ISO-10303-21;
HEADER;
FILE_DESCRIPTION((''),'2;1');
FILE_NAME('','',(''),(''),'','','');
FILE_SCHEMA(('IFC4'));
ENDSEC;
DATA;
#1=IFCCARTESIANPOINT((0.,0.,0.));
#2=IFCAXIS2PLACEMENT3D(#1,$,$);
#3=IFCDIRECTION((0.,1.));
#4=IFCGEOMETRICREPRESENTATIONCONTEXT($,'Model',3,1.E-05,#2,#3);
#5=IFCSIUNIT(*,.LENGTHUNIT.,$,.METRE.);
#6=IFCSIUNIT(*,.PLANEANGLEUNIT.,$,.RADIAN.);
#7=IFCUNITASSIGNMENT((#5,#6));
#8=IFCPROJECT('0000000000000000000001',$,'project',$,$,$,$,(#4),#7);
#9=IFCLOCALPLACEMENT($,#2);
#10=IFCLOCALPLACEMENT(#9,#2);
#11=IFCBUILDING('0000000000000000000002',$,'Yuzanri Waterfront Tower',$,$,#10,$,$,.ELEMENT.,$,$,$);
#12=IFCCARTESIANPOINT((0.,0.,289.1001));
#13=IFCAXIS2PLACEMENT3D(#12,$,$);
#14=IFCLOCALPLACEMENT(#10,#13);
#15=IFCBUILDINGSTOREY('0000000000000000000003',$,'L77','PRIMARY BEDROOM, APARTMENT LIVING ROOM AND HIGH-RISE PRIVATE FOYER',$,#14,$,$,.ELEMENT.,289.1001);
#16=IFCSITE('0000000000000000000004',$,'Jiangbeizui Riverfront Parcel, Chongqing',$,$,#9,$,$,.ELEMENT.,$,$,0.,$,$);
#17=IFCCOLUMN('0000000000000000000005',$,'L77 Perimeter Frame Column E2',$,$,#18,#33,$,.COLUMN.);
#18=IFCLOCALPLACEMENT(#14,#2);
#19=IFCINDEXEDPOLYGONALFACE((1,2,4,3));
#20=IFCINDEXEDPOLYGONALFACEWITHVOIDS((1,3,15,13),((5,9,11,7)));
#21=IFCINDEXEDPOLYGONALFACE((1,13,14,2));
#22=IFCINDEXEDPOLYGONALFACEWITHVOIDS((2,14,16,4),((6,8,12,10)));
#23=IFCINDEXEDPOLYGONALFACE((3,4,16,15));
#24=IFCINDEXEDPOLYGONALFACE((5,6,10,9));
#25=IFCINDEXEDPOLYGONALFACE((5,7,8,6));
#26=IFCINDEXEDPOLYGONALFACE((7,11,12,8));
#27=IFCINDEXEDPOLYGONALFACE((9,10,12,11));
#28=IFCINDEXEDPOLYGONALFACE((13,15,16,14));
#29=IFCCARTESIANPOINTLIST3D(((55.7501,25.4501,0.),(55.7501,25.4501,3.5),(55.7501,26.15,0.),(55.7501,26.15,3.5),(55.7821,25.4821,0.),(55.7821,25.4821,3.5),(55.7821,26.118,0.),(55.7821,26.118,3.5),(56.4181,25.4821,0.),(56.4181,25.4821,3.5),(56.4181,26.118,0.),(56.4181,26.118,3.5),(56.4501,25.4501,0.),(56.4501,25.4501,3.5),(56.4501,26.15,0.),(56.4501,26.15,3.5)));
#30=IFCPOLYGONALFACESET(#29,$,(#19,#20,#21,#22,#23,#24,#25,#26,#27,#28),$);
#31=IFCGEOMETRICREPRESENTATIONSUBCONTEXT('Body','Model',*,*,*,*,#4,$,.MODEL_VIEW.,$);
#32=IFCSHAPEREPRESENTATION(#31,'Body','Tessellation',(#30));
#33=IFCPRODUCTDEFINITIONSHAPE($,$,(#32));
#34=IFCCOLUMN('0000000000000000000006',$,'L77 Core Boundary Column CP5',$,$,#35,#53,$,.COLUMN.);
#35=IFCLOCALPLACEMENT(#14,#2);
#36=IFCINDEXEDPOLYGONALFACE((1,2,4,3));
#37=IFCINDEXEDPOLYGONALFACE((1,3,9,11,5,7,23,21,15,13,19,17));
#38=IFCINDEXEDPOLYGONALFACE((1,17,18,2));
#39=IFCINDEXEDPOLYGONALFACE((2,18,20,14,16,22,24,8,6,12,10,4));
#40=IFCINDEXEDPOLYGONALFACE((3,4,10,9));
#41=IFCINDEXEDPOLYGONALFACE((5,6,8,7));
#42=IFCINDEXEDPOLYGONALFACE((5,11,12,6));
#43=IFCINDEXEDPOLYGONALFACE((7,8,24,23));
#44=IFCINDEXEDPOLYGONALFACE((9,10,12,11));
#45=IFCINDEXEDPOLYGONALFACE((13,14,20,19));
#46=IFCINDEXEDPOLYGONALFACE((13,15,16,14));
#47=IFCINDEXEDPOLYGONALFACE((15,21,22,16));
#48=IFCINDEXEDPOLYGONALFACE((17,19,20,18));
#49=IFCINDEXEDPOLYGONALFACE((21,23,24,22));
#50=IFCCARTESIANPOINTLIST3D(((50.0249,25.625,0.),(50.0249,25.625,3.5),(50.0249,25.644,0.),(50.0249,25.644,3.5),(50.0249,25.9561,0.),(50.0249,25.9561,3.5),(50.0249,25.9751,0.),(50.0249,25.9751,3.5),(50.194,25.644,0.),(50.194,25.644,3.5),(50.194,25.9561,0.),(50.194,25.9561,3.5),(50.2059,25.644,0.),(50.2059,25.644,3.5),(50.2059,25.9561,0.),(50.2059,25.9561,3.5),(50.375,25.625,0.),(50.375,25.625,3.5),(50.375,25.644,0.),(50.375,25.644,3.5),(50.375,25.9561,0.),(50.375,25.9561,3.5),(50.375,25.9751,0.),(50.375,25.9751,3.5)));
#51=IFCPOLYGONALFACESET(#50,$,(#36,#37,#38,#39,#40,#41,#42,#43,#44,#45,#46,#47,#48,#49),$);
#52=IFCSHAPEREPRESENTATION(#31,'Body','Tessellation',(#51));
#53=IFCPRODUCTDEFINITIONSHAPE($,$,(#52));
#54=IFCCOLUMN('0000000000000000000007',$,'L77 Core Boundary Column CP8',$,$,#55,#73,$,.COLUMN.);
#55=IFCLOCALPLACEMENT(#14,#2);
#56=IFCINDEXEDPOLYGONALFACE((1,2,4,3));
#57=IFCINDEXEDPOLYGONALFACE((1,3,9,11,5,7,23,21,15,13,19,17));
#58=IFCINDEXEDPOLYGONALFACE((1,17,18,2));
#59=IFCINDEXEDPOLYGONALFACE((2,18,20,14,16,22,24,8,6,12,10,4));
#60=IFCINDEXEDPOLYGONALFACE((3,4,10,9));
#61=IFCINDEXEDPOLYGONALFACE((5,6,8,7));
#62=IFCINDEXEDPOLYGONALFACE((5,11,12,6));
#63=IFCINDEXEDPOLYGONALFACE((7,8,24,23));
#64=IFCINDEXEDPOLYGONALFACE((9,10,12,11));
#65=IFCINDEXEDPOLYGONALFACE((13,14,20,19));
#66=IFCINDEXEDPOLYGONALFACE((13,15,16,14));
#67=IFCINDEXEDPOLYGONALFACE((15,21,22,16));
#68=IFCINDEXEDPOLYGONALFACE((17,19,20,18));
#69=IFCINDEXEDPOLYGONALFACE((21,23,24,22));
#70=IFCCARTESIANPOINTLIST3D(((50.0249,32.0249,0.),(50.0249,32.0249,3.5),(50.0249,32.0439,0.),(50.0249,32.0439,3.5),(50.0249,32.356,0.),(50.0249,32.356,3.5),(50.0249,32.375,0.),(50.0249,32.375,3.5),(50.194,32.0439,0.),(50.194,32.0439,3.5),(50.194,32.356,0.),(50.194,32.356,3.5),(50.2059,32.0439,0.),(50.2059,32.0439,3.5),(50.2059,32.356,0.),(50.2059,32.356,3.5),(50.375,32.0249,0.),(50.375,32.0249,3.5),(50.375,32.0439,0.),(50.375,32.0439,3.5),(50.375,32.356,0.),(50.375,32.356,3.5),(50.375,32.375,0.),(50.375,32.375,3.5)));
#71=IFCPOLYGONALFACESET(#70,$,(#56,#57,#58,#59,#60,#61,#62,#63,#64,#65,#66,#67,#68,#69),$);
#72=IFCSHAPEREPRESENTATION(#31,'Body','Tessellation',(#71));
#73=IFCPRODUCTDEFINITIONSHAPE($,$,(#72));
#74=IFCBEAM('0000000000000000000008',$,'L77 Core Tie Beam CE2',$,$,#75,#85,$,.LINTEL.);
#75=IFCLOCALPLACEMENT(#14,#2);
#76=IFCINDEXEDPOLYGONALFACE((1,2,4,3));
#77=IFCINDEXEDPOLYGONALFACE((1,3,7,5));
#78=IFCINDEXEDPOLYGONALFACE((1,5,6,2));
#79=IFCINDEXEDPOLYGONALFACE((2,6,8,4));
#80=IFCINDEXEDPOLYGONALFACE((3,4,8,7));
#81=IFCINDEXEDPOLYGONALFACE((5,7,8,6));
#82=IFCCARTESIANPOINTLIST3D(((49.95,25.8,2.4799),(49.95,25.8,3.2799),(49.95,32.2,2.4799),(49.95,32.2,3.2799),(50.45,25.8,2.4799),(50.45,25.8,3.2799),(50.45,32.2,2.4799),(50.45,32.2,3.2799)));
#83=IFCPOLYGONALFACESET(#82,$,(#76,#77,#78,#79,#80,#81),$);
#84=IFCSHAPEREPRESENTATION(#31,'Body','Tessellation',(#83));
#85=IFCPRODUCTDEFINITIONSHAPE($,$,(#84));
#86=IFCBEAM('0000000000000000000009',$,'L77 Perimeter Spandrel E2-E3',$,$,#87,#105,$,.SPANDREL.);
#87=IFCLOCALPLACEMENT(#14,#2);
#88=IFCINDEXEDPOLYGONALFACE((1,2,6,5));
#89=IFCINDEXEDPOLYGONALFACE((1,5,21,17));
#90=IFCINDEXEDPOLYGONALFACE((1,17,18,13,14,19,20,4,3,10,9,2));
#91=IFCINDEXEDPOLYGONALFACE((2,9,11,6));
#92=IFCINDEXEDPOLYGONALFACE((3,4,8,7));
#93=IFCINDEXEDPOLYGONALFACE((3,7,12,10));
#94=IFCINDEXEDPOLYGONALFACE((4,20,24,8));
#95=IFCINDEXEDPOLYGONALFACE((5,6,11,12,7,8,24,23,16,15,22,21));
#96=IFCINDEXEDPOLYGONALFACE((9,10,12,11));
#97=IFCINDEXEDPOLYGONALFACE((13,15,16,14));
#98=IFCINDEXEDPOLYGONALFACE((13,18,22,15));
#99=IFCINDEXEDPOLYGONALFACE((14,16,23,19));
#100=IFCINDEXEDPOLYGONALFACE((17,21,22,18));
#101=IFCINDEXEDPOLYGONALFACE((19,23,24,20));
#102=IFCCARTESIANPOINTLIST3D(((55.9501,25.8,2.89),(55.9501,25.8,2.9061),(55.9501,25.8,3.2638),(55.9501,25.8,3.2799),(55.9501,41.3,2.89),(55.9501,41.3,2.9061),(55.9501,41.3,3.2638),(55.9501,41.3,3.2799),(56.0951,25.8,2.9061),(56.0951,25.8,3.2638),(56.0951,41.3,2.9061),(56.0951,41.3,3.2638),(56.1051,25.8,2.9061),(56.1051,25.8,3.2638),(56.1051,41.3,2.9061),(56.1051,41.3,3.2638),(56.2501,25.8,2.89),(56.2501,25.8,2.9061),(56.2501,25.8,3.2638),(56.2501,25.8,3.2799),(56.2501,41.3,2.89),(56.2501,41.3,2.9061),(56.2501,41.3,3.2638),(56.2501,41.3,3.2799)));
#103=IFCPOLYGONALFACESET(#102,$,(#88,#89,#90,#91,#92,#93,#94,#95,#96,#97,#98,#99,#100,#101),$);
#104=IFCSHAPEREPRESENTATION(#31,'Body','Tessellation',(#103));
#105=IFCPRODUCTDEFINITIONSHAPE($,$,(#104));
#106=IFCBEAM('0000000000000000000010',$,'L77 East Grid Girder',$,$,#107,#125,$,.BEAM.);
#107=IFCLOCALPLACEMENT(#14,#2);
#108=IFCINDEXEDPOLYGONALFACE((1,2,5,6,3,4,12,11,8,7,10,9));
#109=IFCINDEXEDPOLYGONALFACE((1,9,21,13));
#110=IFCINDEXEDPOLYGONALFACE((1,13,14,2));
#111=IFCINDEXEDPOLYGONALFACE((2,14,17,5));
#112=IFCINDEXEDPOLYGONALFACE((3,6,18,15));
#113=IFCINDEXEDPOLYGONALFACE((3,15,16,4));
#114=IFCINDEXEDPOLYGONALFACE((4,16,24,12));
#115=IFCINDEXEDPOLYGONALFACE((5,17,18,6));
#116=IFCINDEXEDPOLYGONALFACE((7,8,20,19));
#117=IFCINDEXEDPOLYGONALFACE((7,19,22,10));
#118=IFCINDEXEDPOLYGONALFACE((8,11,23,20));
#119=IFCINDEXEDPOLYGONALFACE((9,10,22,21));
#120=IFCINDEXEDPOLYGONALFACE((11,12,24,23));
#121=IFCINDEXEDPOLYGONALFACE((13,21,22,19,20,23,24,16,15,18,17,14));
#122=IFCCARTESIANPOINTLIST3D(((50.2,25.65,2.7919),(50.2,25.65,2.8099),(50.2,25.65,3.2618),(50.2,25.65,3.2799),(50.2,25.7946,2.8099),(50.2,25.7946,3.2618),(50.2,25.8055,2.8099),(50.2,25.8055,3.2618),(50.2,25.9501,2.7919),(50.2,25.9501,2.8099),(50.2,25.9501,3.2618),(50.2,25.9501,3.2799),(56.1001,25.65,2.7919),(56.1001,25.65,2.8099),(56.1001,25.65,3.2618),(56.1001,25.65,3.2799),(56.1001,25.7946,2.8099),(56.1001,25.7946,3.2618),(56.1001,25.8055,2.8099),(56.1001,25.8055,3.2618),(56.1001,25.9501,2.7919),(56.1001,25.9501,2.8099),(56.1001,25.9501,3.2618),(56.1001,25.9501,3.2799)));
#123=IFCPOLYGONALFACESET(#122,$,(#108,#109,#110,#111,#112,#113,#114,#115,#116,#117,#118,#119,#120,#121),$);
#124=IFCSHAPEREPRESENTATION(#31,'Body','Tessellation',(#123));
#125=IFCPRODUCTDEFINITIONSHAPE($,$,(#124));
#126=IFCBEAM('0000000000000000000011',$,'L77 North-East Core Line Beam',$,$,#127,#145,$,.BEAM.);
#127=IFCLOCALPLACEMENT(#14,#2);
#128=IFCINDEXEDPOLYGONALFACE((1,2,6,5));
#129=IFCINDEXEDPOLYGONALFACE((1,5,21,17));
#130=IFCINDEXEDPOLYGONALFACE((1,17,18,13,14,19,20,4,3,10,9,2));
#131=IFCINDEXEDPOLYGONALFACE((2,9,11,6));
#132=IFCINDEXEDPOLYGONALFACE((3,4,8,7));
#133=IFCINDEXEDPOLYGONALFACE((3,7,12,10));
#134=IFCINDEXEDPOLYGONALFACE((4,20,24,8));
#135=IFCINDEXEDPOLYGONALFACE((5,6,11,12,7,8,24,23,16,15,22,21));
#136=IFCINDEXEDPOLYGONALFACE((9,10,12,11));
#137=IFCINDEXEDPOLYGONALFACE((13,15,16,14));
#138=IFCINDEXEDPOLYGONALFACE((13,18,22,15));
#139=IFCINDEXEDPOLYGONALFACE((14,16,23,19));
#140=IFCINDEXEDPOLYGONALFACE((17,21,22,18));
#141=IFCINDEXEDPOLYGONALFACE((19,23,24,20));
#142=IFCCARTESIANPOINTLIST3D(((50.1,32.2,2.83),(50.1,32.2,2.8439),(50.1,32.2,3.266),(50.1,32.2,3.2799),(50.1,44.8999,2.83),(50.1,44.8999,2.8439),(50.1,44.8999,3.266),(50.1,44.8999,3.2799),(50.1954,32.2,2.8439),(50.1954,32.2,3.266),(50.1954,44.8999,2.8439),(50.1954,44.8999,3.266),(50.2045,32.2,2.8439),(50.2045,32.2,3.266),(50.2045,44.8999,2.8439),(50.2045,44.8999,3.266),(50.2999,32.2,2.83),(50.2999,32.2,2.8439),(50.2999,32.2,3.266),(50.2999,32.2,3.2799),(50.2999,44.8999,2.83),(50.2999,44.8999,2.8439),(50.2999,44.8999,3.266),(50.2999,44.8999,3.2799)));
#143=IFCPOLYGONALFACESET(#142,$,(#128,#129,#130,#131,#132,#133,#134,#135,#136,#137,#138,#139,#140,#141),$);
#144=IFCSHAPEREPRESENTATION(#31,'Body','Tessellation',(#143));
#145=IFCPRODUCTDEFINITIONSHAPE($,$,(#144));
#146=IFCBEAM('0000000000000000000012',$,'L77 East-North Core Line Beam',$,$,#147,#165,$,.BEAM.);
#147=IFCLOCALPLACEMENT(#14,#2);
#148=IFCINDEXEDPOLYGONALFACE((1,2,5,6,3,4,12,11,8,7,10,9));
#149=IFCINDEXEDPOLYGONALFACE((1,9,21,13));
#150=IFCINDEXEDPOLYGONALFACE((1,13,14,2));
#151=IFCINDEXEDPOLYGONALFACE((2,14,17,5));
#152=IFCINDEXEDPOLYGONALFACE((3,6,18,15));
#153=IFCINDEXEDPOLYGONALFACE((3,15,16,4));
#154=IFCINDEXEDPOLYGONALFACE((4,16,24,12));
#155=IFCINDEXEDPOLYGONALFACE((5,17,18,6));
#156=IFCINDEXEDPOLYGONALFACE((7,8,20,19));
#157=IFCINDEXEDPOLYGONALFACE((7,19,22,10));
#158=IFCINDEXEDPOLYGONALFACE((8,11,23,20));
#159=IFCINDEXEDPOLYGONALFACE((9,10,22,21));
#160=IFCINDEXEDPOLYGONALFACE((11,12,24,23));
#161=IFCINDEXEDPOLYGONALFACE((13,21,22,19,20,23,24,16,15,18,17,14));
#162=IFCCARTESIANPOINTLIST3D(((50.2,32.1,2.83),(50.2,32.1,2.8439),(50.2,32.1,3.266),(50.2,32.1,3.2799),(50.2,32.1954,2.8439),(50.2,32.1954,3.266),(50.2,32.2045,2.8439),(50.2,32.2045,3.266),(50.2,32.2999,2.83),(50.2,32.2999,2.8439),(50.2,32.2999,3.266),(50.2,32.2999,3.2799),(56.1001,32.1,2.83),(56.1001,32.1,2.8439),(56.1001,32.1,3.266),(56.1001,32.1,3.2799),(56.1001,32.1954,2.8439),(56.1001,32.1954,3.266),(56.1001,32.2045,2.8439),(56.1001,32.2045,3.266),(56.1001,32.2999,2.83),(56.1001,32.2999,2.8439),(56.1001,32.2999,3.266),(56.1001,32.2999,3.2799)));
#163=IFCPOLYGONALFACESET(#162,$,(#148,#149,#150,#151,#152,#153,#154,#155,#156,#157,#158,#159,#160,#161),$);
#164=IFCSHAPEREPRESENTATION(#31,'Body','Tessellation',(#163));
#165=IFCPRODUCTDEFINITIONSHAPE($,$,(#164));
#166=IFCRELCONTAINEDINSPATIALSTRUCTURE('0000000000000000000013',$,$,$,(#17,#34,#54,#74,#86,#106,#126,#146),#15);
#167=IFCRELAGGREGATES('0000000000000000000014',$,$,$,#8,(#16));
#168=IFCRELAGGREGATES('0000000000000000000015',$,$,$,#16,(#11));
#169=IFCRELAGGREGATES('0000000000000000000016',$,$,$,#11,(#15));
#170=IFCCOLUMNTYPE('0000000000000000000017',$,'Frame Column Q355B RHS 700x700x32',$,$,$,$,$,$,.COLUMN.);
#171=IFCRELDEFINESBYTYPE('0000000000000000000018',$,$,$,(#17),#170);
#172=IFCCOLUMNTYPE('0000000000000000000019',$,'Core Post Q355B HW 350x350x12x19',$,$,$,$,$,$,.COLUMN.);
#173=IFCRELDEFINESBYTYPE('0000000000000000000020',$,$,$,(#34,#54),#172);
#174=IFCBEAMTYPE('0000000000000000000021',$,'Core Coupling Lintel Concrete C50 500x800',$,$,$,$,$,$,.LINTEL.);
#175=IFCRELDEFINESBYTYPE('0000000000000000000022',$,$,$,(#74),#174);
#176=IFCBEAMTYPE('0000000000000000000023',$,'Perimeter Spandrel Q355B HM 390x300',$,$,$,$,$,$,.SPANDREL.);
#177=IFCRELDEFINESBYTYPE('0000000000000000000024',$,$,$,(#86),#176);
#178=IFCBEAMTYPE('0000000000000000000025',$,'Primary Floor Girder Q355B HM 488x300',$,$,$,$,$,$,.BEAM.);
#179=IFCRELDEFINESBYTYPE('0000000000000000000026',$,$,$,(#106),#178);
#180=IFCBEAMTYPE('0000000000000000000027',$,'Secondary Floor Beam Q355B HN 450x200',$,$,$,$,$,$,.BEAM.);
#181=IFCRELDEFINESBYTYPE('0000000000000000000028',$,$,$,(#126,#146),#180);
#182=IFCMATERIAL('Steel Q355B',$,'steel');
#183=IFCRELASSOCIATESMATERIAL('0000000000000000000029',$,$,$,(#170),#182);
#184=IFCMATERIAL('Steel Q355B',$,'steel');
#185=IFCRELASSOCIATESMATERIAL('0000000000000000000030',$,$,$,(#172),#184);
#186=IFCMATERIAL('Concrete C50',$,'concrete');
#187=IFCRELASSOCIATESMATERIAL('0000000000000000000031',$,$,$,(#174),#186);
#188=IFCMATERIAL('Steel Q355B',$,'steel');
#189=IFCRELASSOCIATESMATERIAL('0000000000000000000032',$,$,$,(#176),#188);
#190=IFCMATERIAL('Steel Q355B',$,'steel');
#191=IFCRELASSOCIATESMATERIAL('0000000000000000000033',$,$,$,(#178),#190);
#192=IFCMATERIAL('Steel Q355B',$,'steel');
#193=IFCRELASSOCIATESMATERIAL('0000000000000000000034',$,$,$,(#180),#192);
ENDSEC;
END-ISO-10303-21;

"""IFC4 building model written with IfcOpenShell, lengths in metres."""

from ifc_helpers import new_model, si_unit, direction, frame, origin, origin_2d, place, context, subcontext, project, spatial, rectangle, hollow_rectangle, i_section, extrude, source, transform, mapped, material, material_profile, profile_set, type_object, element, save


model = new_model("IFC4")

# Units and contexts
model_context = context("Model", 3, precision=1e-05, world=origin(), true_north=direction((0.0, 1.0)))
body_context = subcontext(model_context, "Body", "Model", "MODEL_VIEW")
ifc_project = project(units=[si_unit("LENGTHUNIT", "METRE"), si_unit("PLANEANGLEUNIT", "RADIAN")], contexts=[model_context])

# Site, building, storey
site_placement = place(None, origin())
site = spatial("IfcSite", under=ifc_project, at=site_placement, Name="Jiangbeizui Riverfront Parcel, Chongqing", CompositionType="ELEMENT", RefElevation=0.0)
building_placement = place(site_placement, origin())
building = spatial("IfcBuilding", under=site, at=building_placement, Name="Yuzanri Waterfront Tower", CompositionType="ELEMENT")
storey_placement = place(building_placement, frame((0.0, 0.0, 289.1001)))
storey = spatial("IfcBuildingStorey", under=building, at=storey_placement, Name="L77", Description="PRIMARY BEDROOM, APARTMENT LIVING ROOM AND HIGH-RISE PRIVATE FOYER", CompositionType="ELEMENT", Elevation=289.1001)

# Columns
ifc_material_1 = material(Name="Steel Q355B", Category="steel")
ifc_material_profile_1 = material_profile(ifc_material_1, hollow_rectangle(XDim=0.7, YDim=0.7, WallThickness=0.032, at=origin_2d()), Name="RHS 700x700x32")
ifc_profile_set_1 = profile_set([ifc_material_profile_1], Name="Steel Q355B")
column_type_1 = type_object("IfcColumnType", Name="Frame Column Q355B RHS 700x700x32", PredefinedType="COLUMN", material=ifc_profile_set_1)
shared_shape_1 = source(origin(), body_context, "Body", "SweptSolid", [
    extrude(hollow_rectangle(XDim=0.7, YDim=0.7, WallThickness=0.032, at=origin_2d()), origin(), (0.0, 0.0, 1.0), 3.5),
])
column_placement = place(storey_placement, frame((56.1001, 25.8, 0.0), z_axis=(0.0, 0.0, 1.0), x_axis=(1.0, 0.0, 0.0)))
element("IfcColumn", 1, at=column_placement, inside=storey, type_object=column_type_1, Name="L77 Perimeter Frame Column E2", PredefinedType="COLUMN", context=body_context, shape_type="MappedRepresentation", body=[
    mapped(shared_shape_1, transform((0.0, 0.0, 0.0), scale=1.0)),
])
ifc_material_2 = material(Name="Steel Q355B", Category="steel")
ifc_material_profile_2 = material_profile(ifc_material_2, i_section(OverallWidth=0.3501, OverallDepth=0.3501, WebThickness=0.012, FlangeThickness=0.019, at=origin_2d()), Name="HW 350x350x12x19")
ifc_profile_set_2 = profile_set([ifc_material_profile_2], Name="Steel Q355B")
column_type_2 = type_object("IfcColumnType", Name="Core Post Q355B HW 350x350x12x19", PredefinedType="COLUMN", material=ifc_profile_set_2)
shared_shape_2 = source(origin(), body_context, "Body", "SweptSolid", [
    extrude(i_section(OverallWidth=0.3501, OverallDepth=0.3501, WebThickness=0.012, FlangeThickness=0.019, at=origin_2d()), origin(), (0.0, 0.0, 1.0), 3.5),
])
for number, where, z_axis, x_axis, name in (
    (2, (50.2, 25.8, 0.0), (0.0, 0.0, 1.0), (1.0, 0.0, 0.0), "L77 Core Boundary Column CP5"),
    (3, (50.2, 32.2, 0.0), (0.0, 0.0, 1.0), (1.0, 0.0, 0.0), "L77 Core Boundary Column CP8"),
):
    element("IfcColumn", number, at=place(storey_placement, frame(where, z_axis=z_axis, x_axis=x_axis)), inside=storey, type_object=column_type_2, Name=name, PredefinedType="COLUMN", context=body_context, shape_type="MappedRepresentation", body=[
        mapped(shared_shape_2, transform((0.0, 0.0, 0.0), scale=1.0)),
    ])

# Beams
ifc_material_3 = material(Name="Concrete C50", Category="concrete")
ifc_material_profile_3 = material_profile(ifc_material_3, rectangle(XDim=0.5, YDim=0.8, at=origin_2d()), Name="RC 500x800")
ifc_profile_set_3 = profile_set([ifc_material_profile_3], Name="Concrete C50")
beam_type_1 = type_object("IfcBeamType", Name="Core Coupling Lintel Concrete C50 500x800", PredefinedType="LINTEL", material=ifc_profile_set_3)
shared_shape_3 = source(origin(), body_context, "Body", "SweptSolid", [
    extrude(rectangle(XDim=0.5, YDim=0.8, at=origin_2d()), origin(), (0.0, 0.0, 1.0), 6.3999),
])
beam_1_placement = place(storey_placement, frame((50.2, 25.8, 2.8799), z_axis=(0.0, 1.0, 0.0), x_axis=(-1.0, 0.0, 0.0)))
element("IfcBeam", 4, at=beam_1_placement, inside=storey, type_object=beam_type_1, Name="L77 Core Tie Beam CE2", PredefinedType="LINTEL", context=body_context, shape_type="MappedRepresentation", body=[
    mapped(shared_shape_3, transform((0.0, 0.0, 0.0), scale=1.0)),
])
ifc_material_4 = material(Name="Steel Q355B", Category="steel")
ifc_material_profile_4 = material_profile(ifc_material_4, i_section(OverallWidth=0.3, OverallDepth=0.3899, WebThickness=0.01, FlangeThickness=0.0161, at=origin_2d()), Name="HM 390x300x10x16")
ifc_profile_set_4 = profile_set([ifc_material_profile_4], Name="Steel Q355B")
beam_type_2 = type_object("IfcBeamType", Name="Perimeter Spandrel Q355B HM 390x300", PredefinedType="SPANDREL", material=ifc_profile_set_4)
shared_shape_4 = source(origin(), body_context, "Body", "SweptSolid", [
    extrude(i_section(OverallWidth=0.3, OverallDepth=0.3899, WebThickness=0.01, FlangeThickness=0.0161, at=origin_2d()), origin(), (0.0, 0.0, 1.0), 15.5),
])
beam_2_placement = place(storey_placement, frame((56.1001, 25.8, 3.085), z_axis=(0.0, 1.0, 0.0), x_axis=(-1.0, 0.0, 0.0)))
element("IfcBeam", 5, at=beam_2_placement, inside=storey, type_object=beam_type_2, Name="L77 Perimeter Spandrel E2-E3", PredefinedType="SPANDREL", context=body_context, shape_type="MappedRepresentation", body=[
    mapped(shared_shape_4, transform((0.0, 0.0, 0.0), scale=1.0)),
])
ifc_material_5 = material(Name="Steel Q355B", Category="steel")
ifc_material_profile_5 = material_profile(ifc_material_5, i_section(OverallWidth=0.3, OverallDepth=0.488, WebThickness=0.011, FlangeThickness=0.0181, at=origin_2d()), Name="HM 488x300x11x18")
ifc_profile_set_5 = profile_set([ifc_material_profile_5], Name="Steel Q355B")
beam_type_3 = type_object("IfcBeamType", Name="Primary Floor Girder Q355B HM 488x300", PredefinedType="BEAM", material=ifc_profile_set_5)
shared_shape_5 = source(origin(), body_context, "Body", "SweptSolid", [
    extrude(i_section(OverallWidth=0.3, OverallDepth=0.488, WebThickness=0.011, FlangeThickness=0.0181, at=origin_2d()), origin(), (0.0, 0.0, 1.0), 5.9001),
])
beam_3_placement = place(storey_placement, frame((50.2, 25.8, 3.0359), z_axis=(1.0, 0.0, 0.0), x_axis=(0.0, 1.0, 0.0)))
element("IfcBeam", 6, at=beam_3_placement, inside=storey, type_object=beam_type_3, Name="L77 East Grid Girder", PredefinedType="BEAM", context=body_context, shape_type="MappedRepresentation", body=[
    mapped(shared_shape_5, transform((0.0, 0.0, 0.0), scale=1.0)),
])
ifc_material_6 = material(Name="Steel Q355B", Category="steel")
ifc_material_profile_6 = material_profile(ifc_material_6, i_section(OverallWidth=0.2, OverallDepth=0.45, WebThickness=0.009, FlangeThickness=0.0139, at=origin_2d()), Name="HN 450x200x9x14")
ifc_profile_set_6 = profile_set([ifc_material_profile_6], Name="Steel Q355B")
beam_type_4 = type_object("IfcBeamType", Name="Secondary Floor Beam Q355B HN 450x200", PredefinedType="BEAM", material=ifc_profile_set_6)
shared_shape_6 = source(origin(), body_context, "Body", "SweptSolid", [
    extrude(i_section(OverallWidth=0.2, OverallDepth=0.45, WebThickness=0.009, FlangeThickness=0.0139, at=origin_2d()), origin(), (0.0, 0.0, 1.0), 12.7),
])
beam_4_placement = place(storey_placement, frame((50.2, 32.2, 3.0549), z_axis=(0.0, 1.0, 0.0), x_axis=(-1.0, 0.0, 0.0)))
element("IfcBeam", 7, at=beam_4_placement, inside=storey, type_object=beam_type_4, Name="L77 North-East Core Line Beam", PredefinedType="BEAM", context=body_context, shape_type="MappedRepresentation", body=[
    mapped(shared_shape_6, transform((0.0, 0.0, 0.0), scale=1.0)),
])
shared_shape_7 = source(origin(), body_context, "Body", "SweptSolid", [
    extrude(i_section(OverallWidth=0.2, OverallDepth=0.45, WebThickness=0.009, FlangeThickness=0.0139, at=origin_2d()), origin(), (0.0, 0.0, 1.0), 5.9001),
])
beam_5_placement = place(storey_placement, frame((50.2, 32.2, 3.0549), z_axis=(1.0, 0.0, 0.0), x_axis=(0.0, 1.0, 0.0)))
element("IfcBeam", 8, at=beam_5_placement, inside=storey, type_object=beam_type_4, Name="L77 East-North Core Line Beam", PredefinedType="BEAM", context=body_context, shape_type="MappedRepresentation", body=[
    mapped(shared_shape_7, transform((0.0, 0.0, 0.0), scale=1.0)),
])

save(model, "model.ifc")
